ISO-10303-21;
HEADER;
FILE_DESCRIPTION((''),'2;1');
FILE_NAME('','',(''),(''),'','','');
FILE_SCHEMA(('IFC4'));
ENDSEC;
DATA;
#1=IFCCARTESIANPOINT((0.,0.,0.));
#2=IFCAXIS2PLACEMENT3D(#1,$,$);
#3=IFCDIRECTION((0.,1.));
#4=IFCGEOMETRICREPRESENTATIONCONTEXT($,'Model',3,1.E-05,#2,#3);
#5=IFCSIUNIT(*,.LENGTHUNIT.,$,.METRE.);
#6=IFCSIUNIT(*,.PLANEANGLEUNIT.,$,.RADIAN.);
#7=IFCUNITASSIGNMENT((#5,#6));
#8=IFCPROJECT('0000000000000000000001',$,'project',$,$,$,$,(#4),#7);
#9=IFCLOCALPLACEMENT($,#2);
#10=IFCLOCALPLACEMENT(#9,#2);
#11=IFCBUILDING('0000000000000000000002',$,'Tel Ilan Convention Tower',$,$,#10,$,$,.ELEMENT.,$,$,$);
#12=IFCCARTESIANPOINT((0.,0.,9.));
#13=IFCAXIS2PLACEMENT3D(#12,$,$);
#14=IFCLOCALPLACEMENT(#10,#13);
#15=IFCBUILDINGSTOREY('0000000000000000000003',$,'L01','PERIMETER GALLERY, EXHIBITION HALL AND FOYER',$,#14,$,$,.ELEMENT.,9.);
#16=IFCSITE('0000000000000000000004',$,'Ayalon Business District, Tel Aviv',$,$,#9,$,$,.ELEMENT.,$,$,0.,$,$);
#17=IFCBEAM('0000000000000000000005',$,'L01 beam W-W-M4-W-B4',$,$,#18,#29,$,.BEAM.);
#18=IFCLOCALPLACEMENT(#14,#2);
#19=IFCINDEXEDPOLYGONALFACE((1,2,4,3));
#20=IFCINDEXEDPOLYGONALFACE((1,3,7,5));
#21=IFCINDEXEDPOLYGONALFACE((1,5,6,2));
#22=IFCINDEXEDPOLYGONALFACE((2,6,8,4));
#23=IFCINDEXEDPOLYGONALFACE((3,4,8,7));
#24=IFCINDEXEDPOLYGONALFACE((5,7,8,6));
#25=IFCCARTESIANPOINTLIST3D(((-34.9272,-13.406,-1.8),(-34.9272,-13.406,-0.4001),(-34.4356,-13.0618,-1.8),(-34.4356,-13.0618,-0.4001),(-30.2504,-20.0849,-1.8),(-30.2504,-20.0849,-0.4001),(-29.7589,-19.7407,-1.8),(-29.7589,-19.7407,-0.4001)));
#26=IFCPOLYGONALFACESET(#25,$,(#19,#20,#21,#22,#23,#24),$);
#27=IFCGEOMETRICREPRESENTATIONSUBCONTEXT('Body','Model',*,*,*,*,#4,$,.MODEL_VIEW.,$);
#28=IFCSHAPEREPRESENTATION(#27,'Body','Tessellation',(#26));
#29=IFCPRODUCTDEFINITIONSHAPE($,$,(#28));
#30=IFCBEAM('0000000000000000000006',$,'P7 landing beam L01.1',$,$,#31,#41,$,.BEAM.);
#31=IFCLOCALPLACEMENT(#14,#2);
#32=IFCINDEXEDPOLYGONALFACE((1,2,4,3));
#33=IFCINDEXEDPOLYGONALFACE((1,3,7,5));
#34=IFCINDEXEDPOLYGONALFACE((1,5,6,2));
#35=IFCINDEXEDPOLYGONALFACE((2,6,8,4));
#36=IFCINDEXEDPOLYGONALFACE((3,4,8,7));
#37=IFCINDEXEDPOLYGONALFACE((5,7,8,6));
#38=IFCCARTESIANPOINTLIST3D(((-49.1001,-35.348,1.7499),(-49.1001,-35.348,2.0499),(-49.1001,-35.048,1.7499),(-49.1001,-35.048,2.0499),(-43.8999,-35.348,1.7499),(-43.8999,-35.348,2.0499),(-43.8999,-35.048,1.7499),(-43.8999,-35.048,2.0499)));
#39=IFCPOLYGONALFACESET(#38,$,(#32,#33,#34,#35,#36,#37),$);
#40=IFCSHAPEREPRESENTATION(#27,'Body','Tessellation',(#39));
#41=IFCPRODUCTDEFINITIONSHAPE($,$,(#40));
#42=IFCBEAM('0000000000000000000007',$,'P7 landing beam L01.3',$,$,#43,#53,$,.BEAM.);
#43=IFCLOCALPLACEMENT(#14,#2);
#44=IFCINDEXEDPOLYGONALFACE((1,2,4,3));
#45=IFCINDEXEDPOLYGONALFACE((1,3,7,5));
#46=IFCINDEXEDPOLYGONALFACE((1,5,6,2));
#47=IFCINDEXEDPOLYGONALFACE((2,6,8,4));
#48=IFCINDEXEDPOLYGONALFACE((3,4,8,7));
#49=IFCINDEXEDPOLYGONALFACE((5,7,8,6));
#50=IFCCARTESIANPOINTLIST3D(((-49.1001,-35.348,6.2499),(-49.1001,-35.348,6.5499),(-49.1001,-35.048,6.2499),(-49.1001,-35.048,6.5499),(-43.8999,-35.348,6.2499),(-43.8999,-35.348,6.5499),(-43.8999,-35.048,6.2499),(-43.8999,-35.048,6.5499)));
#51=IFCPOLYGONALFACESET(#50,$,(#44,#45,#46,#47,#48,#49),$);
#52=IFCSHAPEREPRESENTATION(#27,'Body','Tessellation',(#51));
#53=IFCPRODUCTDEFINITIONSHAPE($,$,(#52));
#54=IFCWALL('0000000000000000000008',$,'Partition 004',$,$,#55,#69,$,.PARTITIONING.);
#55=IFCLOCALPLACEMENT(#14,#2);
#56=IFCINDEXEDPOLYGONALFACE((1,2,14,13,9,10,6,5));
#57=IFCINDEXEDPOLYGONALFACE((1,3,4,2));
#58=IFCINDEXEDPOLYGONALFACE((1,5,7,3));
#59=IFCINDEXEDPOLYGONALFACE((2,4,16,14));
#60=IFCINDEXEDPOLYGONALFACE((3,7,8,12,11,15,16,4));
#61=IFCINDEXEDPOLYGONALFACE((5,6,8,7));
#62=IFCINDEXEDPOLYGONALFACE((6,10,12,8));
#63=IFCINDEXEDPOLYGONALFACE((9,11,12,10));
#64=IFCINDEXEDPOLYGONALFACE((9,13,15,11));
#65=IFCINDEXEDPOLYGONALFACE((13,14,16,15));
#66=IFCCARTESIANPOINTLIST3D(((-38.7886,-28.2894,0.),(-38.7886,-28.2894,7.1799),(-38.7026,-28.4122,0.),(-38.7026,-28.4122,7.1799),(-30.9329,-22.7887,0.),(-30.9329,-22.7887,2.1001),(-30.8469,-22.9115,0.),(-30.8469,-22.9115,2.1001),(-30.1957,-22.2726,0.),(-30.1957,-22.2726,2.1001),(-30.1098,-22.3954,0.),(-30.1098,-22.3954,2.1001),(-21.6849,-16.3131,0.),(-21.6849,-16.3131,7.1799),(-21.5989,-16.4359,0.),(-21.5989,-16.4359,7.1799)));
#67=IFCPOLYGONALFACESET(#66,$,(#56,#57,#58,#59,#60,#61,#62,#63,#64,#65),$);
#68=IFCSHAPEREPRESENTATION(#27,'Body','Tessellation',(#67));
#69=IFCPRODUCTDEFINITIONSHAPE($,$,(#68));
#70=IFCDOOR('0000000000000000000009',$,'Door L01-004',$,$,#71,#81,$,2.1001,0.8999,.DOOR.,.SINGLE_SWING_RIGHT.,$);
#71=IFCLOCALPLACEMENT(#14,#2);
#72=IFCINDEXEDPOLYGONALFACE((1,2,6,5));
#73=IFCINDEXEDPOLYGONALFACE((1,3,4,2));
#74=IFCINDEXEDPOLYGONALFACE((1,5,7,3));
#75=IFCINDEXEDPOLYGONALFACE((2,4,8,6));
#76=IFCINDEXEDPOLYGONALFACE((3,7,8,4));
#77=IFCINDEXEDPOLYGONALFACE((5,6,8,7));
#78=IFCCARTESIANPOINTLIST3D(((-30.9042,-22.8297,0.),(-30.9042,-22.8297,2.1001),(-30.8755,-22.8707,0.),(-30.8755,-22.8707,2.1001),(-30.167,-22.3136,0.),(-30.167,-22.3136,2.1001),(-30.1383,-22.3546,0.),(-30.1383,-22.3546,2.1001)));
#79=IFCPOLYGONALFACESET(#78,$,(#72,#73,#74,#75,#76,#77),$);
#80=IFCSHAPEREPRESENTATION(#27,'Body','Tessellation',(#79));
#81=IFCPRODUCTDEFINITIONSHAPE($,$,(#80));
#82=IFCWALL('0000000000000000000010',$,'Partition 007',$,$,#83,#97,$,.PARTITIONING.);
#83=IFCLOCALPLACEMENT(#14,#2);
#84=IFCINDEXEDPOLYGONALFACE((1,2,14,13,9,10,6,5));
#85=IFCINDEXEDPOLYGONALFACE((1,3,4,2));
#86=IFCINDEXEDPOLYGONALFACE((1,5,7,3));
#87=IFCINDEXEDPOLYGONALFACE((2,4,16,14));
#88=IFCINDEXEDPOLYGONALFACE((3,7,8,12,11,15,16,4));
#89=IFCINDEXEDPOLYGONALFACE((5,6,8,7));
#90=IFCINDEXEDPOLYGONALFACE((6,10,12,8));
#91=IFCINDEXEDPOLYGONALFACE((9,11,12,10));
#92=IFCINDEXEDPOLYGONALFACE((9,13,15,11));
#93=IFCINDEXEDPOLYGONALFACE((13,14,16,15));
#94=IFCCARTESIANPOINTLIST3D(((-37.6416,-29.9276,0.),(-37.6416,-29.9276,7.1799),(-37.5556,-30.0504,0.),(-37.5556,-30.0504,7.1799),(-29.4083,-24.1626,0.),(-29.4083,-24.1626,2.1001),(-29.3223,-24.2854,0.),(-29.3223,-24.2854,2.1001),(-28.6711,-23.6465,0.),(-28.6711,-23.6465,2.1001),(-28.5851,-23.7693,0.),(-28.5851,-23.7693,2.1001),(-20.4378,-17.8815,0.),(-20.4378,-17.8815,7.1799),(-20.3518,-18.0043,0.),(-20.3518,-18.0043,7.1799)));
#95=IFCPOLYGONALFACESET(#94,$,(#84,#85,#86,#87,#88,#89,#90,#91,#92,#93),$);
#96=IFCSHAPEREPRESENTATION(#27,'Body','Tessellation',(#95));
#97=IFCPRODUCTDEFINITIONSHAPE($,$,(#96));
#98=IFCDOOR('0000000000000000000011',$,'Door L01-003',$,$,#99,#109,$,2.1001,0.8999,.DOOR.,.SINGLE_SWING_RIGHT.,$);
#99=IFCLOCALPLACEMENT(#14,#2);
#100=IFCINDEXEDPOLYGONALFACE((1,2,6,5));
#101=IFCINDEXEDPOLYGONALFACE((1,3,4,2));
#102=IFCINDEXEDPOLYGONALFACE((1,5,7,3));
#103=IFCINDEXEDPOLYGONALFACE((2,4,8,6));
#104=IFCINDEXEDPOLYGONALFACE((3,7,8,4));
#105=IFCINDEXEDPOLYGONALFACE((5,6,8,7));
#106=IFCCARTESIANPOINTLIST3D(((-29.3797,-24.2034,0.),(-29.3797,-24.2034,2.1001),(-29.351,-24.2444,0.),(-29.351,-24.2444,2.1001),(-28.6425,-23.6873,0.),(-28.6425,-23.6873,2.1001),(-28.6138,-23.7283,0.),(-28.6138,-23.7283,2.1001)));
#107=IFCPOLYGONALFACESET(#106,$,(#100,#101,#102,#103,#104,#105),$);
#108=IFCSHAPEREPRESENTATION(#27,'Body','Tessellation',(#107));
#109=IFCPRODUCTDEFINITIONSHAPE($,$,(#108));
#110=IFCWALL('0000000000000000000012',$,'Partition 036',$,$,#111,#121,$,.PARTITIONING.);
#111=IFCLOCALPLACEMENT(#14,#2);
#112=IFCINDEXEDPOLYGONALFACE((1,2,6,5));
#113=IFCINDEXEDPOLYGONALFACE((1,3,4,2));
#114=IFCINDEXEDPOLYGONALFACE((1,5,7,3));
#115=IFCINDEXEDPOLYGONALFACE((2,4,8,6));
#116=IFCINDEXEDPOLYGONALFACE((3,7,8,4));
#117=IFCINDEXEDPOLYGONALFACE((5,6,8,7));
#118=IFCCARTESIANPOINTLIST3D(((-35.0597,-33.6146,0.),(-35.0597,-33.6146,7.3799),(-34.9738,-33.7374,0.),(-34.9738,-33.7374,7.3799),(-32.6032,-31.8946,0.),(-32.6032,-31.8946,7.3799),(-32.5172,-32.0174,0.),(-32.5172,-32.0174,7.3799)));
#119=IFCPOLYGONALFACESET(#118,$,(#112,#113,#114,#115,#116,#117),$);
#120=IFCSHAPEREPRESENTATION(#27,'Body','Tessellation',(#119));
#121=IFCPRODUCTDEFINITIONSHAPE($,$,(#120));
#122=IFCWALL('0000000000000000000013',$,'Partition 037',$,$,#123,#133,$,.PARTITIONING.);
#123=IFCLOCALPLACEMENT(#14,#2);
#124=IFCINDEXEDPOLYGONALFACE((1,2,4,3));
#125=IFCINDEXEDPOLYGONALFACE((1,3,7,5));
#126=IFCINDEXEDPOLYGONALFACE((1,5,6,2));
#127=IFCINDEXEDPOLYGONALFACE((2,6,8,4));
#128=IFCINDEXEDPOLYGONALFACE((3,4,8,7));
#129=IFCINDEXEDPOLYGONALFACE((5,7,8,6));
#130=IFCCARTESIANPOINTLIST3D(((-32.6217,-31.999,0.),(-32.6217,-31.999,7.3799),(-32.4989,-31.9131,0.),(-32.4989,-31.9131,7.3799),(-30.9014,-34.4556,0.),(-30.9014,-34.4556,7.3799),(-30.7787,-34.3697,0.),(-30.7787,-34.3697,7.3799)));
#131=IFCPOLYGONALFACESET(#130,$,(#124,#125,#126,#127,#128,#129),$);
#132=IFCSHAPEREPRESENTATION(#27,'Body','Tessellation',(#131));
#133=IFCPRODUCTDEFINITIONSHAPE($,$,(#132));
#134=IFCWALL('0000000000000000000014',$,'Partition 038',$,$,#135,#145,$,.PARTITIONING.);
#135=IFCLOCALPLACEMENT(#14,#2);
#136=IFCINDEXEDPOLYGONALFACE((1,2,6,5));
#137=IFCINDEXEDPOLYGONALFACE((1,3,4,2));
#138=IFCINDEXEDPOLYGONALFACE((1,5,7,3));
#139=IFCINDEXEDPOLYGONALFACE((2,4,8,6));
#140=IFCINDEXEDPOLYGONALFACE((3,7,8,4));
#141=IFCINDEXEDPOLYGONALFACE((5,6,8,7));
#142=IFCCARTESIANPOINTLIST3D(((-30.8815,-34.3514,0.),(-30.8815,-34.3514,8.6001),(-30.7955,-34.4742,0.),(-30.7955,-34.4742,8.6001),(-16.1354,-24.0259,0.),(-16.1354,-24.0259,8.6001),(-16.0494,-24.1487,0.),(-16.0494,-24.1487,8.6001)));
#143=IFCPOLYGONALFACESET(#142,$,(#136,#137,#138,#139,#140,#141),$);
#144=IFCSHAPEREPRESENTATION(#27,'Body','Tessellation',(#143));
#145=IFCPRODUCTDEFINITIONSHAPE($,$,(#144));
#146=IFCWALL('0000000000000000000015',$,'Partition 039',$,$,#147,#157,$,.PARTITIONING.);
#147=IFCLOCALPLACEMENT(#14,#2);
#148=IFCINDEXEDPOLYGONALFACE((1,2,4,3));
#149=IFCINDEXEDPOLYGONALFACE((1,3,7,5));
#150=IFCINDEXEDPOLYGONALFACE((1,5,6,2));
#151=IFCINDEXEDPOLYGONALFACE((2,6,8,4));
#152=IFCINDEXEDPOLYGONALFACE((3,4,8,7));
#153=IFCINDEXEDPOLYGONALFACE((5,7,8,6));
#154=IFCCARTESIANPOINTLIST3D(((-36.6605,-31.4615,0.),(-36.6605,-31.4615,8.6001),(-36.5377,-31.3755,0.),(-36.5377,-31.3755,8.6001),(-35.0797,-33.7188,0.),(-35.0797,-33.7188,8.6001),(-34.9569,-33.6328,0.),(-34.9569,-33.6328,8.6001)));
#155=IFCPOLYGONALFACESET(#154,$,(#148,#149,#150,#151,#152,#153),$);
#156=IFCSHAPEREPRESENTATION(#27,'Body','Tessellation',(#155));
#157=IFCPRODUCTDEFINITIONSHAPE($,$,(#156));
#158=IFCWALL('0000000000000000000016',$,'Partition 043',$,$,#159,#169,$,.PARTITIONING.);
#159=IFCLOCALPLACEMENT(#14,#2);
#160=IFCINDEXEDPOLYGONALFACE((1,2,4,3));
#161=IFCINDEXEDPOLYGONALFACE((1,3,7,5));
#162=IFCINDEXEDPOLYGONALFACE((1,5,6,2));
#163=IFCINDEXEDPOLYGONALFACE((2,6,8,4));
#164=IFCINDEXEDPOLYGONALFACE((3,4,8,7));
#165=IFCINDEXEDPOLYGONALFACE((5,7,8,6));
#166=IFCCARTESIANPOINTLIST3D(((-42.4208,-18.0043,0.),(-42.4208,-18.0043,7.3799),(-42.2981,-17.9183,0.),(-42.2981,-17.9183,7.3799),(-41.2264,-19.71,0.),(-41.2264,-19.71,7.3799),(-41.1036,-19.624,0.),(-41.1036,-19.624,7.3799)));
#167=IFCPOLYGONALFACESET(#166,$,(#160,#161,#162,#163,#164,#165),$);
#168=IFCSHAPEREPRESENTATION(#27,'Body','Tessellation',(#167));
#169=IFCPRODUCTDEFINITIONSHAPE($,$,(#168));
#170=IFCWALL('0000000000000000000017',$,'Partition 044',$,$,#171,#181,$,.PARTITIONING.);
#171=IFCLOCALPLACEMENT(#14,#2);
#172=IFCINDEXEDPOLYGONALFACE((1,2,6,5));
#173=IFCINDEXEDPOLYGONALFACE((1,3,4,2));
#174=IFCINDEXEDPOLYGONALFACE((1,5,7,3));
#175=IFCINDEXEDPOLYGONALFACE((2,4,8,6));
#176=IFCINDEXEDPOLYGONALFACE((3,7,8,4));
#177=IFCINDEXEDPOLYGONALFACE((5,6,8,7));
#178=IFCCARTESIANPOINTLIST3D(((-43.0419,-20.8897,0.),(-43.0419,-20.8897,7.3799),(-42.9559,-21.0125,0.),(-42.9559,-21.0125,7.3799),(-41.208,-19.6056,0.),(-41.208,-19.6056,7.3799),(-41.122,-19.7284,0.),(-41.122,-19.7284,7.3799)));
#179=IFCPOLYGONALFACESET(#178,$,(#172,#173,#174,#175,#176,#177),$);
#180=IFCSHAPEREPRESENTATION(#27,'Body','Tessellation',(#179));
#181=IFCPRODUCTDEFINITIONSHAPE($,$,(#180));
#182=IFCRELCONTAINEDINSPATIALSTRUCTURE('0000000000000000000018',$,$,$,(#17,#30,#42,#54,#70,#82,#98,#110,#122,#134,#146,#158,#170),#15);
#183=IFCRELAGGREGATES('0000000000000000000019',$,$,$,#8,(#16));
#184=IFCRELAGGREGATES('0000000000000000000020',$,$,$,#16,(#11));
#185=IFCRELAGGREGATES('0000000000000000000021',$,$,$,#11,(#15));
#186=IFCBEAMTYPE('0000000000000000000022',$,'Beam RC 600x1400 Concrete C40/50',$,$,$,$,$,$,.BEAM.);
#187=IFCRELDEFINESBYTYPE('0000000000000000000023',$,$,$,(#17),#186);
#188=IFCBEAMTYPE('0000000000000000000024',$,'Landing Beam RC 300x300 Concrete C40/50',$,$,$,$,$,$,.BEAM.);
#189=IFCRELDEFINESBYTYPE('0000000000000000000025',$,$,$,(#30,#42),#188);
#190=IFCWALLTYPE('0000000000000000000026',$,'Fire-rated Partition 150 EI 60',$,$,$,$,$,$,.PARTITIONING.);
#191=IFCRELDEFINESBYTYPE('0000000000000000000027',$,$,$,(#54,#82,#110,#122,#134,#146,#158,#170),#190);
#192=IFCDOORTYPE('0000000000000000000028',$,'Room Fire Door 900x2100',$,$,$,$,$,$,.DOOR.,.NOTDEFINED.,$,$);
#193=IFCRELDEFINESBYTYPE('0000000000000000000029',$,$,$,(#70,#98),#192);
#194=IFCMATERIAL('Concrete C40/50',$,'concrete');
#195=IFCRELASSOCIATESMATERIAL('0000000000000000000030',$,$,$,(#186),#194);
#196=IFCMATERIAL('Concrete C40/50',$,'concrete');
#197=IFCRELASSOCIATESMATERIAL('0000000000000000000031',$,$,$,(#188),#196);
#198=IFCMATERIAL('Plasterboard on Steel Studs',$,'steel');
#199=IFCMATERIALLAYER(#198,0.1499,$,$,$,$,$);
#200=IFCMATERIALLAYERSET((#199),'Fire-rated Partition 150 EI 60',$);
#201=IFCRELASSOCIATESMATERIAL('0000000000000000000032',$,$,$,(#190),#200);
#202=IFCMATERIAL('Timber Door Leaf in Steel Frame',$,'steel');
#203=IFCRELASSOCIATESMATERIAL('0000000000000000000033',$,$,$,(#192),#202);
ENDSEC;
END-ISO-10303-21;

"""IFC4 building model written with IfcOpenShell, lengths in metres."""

from ifc_helpers import new_model, si_unit, direction, frame, frame_2d, origin, origin_2d, place, context, subcontext, project, spatial, rectangle, extrude, material, layer, layer_set, material_profile, profile_set, type_object, element, fill, save


model = new_model("IFC4")

# Units and contexts
model_context = context("Model", 3, precision=1e-05, world=origin(), true_north=direction((0.0, 1.0)))
body_context = subcontext(model_context, "Body", "Model", "MODEL_VIEW")
ifc_project = project(units=[si_unit("LENGTHUNIT", "METRE"), si_unit("PLANEANGLEUNIT", "RADIAN")], contexts=[model_context])

# Site, building, storey
site_placement = place(None, origin())
site = spatial("IfcSite", under=ifc_project, at=site_placement, Name="Ayalon Business District, Tel Aviv", CompositionType="ELEMENT", RefElevation=0.0)
building_placement = place(site_placement, origin())
building = spatial("IfcBuilding", under=site, at=building_placement, Name="Tel Ilan Convention Tower", CompositionType="ELEMENT")
storey_placement = place(building_placement, frame((0.0, 0.0, 9.0)))
storey = spatial("IfcBuildingStorey", under=building, at=storey_placement, Name="L01", Description="PERIMETER GALLERY, EXHIBITION HALL AND FOYER", CompositionType="ELEMENT", Elevation=9.0)

# Beams
ifc_material_1 = material(Name="Concrete C40/50", Category="concrete")
ifc_material_profile_1 = material_profile(ifc_material_1, rectangle(XDim=0.6001, YDim=1.3999, at=origin_2d()), Name="RC 600x1400")
ifc_profile_set_1 = profile_set([ifc_material_profile_1], Name="Concrete C40/50")
beam_type_1 = type_object("IfcBeamType", Name="Beam RC 600x1400 Concrete C40/50", PredefinedType="BEAM", material=ifc_profile_set_1)
beam_1_placement = place(storey_placement, frame((-30.0046, -19.9128, -1.1001), z_axis=(-0.573585, 0.819146, 0.0), x_axis=(-0.819146, -0.573585, 0.0)))
element("IfcBeam", 1, at=beam_1_placement, inside=storey, type_object=beam_type_1, Name="L01 beam W-W-M4-W-B4", PredefinedType="BEAM", context=body_context, shape_type="SweptSolid", body=[
    extrude(rectangle(XDim=0.6001, YDim=1.3999, at=origin_2d()), origin(), (0.0, 0.0, 1.0), 8.1536),
])
ifc_material_2 = material(Name="Concrete C40/50", Category="concrete")
ifc_material_profile_2 = material_profile(ifc_material_2, rectangle(XDim=0.3, YDim=0.3, at=origin_2d()), Name="RC 300x300")
ifc_profile_set_2 = profile_set([ifc_material_profile_2], Name="Concrete C40/50")
beam_type_2 = type_object("IfcBeamType", Name="Landing Beam RC 300x300 Concrete C40/50", PredefinedType="BEAM", material=ifc_profile_set_2)
for number, where, z_axis, x_axis, name in (
    (2, (-43.8999, -35.198, 1.8999), (-1.0, 0.0, 0.0), (0.0, -1.0, 0.0), "P7 landing beam L01.1"),
    (3, (-43.8999, -35.198, 6.3999), (-1.0, 0.0, 0.0), (0.0, -1.0, 0.0), "P7 landing beam L01.3"),
):
    element("IfcBeam", number, at=place(storey_placement, frame(where, z_axis=z_axis, x_axis=x_axis)), inside=storey, type_object=beam_type_2, Name=name, PredefinedType="BEAM", context=body_context, shape_type="SweptSolid", body=[
        extrude(rectangle(XDim=0.3, YDim=0.3, at=origin_2d()), origin(), (0.0, 0.0, 1.0), 5.2002),
    ])

# Walls, openings, doors
ifc_material_3 = material(Name="Plasterboard on Steel Studs", Category="steel")
ifc_layer_1 = layer(ifc_material_3, 0.1499)
ifc_layer_set_1 = layer_set([ifc_layer_1], Name="Fire-rated Partition 150 EI 60")
wall_type_1 = type_object("IfcWallType", Name="Fire-rated Partition 150 EI 60", PredefinedType="PARTITIONING", material=ifc_layer_set_1)
wall_1_placement = place(storey_placement, frame((-38.7456, -28.3508, 0.0), z_axis=(0.0, 0.0, 1.0), x_axis=(0.819149, 0.573581, 0.0)))
wall_1 = element("IfcWall", 4, at=wall_1_placement, inside=storey, type_object=wall_type_1, Name="Partition 004", PredefinedType="PARTITIONING", context=body_context, shape_type="SweptSolid", body=[
    extrude(rectangle(XDim=20.8799, YDim=0.1499, at=frame_2d((10.4399, 0.0))), origin(), (0.0, 0.0, 1.0), 7.1799),
])
opening_1_placement = place(wall_1_placement, frame((9.5901, 0.0, 0.0)))
opening_1 = element("IfcOpeningElement", 5, at=opening_1_placement, cuts=wall_1, PredefinedType="OPENING", context=body_context, shape_type="SweptSolid", body=[
    extrude(rectangle(XDim=0.8999, YDim=2.1001, at=frame_2d((0.45, 1.05))), frame((0.0, 0.085, 0.0), z_axis=(0.0, -1.0, 0.0), x_axis=(1.0, 0.0, 0.0)), (0.0, 0.0, 1.0), 0.1699),
])
ifc_material_4 = material(Name="Timber Door Leaf in Steel Frame", Category="steel")
door_type = type_object("IfcDoorType", Name="Room Fire Door 900x2100", OperationType="NOTDEFINED", PredefinedType="DOOR", material=ifc_material_4)
door_1_placement = place(opening_1_placement, origin())
door_1 = element("IfcDoor", 6, at=door_1_placement, inside=storey, type_object=door_type, Name="Door L01-004", OperationType="SINGLE_SWING_RIGHT", OverallHeight=2.1001, OverallWidth=0.8999, PredefinedType="DOOR", context=body_context, shape_type="SweptSolid", body=[
    extrude(rectangle(XDim=0.8999, YDim=2.1001, at=frame_2d((0.45, 1.05))), frame((0.0, 0.0249, 0.0), z_axis=(0.0, -1.0, 0.0), x_axis=(1.0, 0.0, 0.0)), (0.0, 0.0, 1.0), 0.05),
])
fill(opening_1, door_1)
wall_2_placement = place(storey_placement, frame((-20.3948, -17.9429, 0.0), z_axis=(0.0, 0.0, 1.0), x_axis=(-0.819155, -0.573572, 0.0)))
wall_2 = element("IfcWall", 7, at=wall_2_placement, inside=storey, type_object=wall_type_1, Name="Partition 007", PredefinedType="PARTITIONING", context=body_context, shape_type="SweptSolid", body=[
    extrude(rectangle(XDim=21.002, YDim=0.1499, at=frame_2d((10.501, 0.0))), origin(), (0.0, 0.0, 1.0), 7.1799),
])
opening_2_placement = place(wall_2_placement, frame((10.051, 0.0, 0.0)))
opening_2 = element("IfcOpeningElement", 8, at=opening_2_placement, cuts=wall_2, PredefinedType="OPENING", context=body_context, shape_type="SweptSolid", body=[
    extrude(rectangle(XDim=0.8999, YDim=2.1001, at=frame_2d((0.45, 1.05))), frame((0.0, 0.085, 0.0), z_axis=(0.0, -1.0, 0.0), x_axis=(1.0, 0.0, 0.0)), (0.0, 0.0, 1.0), 0.1699),
])
door_2_placement = place(opening_2_placement, origin())
door_2 = element("IfcDoor", 9, at=door_2_placement, inside=storey, type_object=door_type, Name="Door L01-003", OperationType="SINGLE_SWING_RIGHT", OverallHeight=2.1001, OverallWidth=0.8999, PredefinedType="DOOR", context=body_context, shape_type="SweptSolid", body=[
    extrude(rectangle(XDim=0.8999, YDim=2.1001, at=frame_2d((0.45, 1.05))), frame((0.0, 0.0249, 0.0), z_axis=(0.0, -1.0, 0.0), x_axis=(1.0, 0.0, 0.0)), (0.0, 0.0, 1.0), 0.05),
])
fill(opening_2, door_2)

# Walls
wall_3_placement = place(storey_placement, frame((-35.0168, -33.676, 0.0), z_axis=(0.0, 0.0, 1.0), x_axis=(0.819171, 0.57355, 0.0)))
element("IfcWall", 10, at=wall_3_placement, inside=storey, type_object=wall_type_1, Name="Partition 036", PredefinedType="PARTITIONING", context=body_context, shape_type="SweptSolid", body=[
    extrude(rectangle(XDim=2.9988, YDim=0.1499, at=frame_2d((1.4995, 0.0))), origin(), (0.0, 0.0, 1.0), 7.3799),
])
wall_4_placement = place(storey_placement, frame((-32.5603, -31.9561, 0.0), z_axis=(0.0, 0.0, 1.0), x_axis=(0.573604, -0.819132, 0.0)))
element("IfcWall", 11, at=wall_4_placement, inside=storey, type_object=wall_type_1, Name="Partition 037", PredefinedType="PARTITIONING", context=body_context, shape_type="SweptSolid", body=[
    extrude(rectangle(XDim=2.999, YDim=0.1499, at=frame_2d((1.4995, 0.0))), origin(), (0.0, 0.0, 1.0), 7.3799),
])
wall_5_placement = place(storey_placement, frame((-30.8386, -34.4128, 0.0), z_axis=(0.0, 0.0, 1.0), x_axis=(0.819149, 0.573581, 0.0)))
element("IfcWall", 12, at=wall_5_placement, inside=storey, type_object=wall_type_1, Name="Partition 038", PredefinedType="PARTITIONING", context=body_context, shape_type="SweptSolid", body=[
    extrude(rectangle(XDim=18.0017, YDim=0.1499, at=frame_2d((9.001, 0.0))), origin(), (0.0, 0.0, 1.0), 8.6001),
])
wall_6_placement = place(storey_placement, frame((-36.5991, -31.4185, 0.0), z_axis=(0.0, 0.0, 1.0), x_axis=(0.573629, -0.819115, 0.0)))
element("IfcWall", 13, at=wall_6_placement, inside=storey, type_object=wall_type_1, Name="Partition 039", PredefinedType="PARTITIONING", context=body_context, shape_type="SweptSolid", body=[
    extrude(rectangle(XDim=2.7559, YDim=0.1499, at=frame_2d((1.3779, 0.0))), origin(), (0.0, 0.0, 1.0), 8.6001),
])
wall_7_placement = place(storey_placement, frame((-42.3594, -17.9614, 0.0), z_axis=(0.0, 0.0, 1.0), x_axis=(0.573604, -0.819133, 0.0)))
element("IfcWall", 14, at=wall_7_placement, inside=storey, type_object=wall_type_1, Name="Partition 043", PredefinedType="PARTITIONING", context=body_context, shape_type="SweptSolid", body=[
    extrude(rectangle(XDim=2.0823, YDim=0.1499, at=frame_2d((1.041, 0.0))), origin(), (0.0, 0.0, 1.0), 7.3799),
])
wall_8_placement = place(storey_placement, frame((-41.165, -19.667, 0.0), z_axis=(0.0, 0.0, 1.0), x_axis=(-0.81915, -0.573579, 0.0)))
element("IfcWall", 15, at=wall_8_placement, inside=storey, type_object=wall_type_1, Name="Partition 044", PredefinedType="PARTITIONING", context=body_context, shape_type="SweptSolid", body=[
    extrude(rectangle(XDim=2.2388, YDim=0.1499, at=frame_2d((1.1194, 0.0))), origin(), (0.0, 0.0, 1.0), 7.3799),
])

save(model, "model.ifc")
